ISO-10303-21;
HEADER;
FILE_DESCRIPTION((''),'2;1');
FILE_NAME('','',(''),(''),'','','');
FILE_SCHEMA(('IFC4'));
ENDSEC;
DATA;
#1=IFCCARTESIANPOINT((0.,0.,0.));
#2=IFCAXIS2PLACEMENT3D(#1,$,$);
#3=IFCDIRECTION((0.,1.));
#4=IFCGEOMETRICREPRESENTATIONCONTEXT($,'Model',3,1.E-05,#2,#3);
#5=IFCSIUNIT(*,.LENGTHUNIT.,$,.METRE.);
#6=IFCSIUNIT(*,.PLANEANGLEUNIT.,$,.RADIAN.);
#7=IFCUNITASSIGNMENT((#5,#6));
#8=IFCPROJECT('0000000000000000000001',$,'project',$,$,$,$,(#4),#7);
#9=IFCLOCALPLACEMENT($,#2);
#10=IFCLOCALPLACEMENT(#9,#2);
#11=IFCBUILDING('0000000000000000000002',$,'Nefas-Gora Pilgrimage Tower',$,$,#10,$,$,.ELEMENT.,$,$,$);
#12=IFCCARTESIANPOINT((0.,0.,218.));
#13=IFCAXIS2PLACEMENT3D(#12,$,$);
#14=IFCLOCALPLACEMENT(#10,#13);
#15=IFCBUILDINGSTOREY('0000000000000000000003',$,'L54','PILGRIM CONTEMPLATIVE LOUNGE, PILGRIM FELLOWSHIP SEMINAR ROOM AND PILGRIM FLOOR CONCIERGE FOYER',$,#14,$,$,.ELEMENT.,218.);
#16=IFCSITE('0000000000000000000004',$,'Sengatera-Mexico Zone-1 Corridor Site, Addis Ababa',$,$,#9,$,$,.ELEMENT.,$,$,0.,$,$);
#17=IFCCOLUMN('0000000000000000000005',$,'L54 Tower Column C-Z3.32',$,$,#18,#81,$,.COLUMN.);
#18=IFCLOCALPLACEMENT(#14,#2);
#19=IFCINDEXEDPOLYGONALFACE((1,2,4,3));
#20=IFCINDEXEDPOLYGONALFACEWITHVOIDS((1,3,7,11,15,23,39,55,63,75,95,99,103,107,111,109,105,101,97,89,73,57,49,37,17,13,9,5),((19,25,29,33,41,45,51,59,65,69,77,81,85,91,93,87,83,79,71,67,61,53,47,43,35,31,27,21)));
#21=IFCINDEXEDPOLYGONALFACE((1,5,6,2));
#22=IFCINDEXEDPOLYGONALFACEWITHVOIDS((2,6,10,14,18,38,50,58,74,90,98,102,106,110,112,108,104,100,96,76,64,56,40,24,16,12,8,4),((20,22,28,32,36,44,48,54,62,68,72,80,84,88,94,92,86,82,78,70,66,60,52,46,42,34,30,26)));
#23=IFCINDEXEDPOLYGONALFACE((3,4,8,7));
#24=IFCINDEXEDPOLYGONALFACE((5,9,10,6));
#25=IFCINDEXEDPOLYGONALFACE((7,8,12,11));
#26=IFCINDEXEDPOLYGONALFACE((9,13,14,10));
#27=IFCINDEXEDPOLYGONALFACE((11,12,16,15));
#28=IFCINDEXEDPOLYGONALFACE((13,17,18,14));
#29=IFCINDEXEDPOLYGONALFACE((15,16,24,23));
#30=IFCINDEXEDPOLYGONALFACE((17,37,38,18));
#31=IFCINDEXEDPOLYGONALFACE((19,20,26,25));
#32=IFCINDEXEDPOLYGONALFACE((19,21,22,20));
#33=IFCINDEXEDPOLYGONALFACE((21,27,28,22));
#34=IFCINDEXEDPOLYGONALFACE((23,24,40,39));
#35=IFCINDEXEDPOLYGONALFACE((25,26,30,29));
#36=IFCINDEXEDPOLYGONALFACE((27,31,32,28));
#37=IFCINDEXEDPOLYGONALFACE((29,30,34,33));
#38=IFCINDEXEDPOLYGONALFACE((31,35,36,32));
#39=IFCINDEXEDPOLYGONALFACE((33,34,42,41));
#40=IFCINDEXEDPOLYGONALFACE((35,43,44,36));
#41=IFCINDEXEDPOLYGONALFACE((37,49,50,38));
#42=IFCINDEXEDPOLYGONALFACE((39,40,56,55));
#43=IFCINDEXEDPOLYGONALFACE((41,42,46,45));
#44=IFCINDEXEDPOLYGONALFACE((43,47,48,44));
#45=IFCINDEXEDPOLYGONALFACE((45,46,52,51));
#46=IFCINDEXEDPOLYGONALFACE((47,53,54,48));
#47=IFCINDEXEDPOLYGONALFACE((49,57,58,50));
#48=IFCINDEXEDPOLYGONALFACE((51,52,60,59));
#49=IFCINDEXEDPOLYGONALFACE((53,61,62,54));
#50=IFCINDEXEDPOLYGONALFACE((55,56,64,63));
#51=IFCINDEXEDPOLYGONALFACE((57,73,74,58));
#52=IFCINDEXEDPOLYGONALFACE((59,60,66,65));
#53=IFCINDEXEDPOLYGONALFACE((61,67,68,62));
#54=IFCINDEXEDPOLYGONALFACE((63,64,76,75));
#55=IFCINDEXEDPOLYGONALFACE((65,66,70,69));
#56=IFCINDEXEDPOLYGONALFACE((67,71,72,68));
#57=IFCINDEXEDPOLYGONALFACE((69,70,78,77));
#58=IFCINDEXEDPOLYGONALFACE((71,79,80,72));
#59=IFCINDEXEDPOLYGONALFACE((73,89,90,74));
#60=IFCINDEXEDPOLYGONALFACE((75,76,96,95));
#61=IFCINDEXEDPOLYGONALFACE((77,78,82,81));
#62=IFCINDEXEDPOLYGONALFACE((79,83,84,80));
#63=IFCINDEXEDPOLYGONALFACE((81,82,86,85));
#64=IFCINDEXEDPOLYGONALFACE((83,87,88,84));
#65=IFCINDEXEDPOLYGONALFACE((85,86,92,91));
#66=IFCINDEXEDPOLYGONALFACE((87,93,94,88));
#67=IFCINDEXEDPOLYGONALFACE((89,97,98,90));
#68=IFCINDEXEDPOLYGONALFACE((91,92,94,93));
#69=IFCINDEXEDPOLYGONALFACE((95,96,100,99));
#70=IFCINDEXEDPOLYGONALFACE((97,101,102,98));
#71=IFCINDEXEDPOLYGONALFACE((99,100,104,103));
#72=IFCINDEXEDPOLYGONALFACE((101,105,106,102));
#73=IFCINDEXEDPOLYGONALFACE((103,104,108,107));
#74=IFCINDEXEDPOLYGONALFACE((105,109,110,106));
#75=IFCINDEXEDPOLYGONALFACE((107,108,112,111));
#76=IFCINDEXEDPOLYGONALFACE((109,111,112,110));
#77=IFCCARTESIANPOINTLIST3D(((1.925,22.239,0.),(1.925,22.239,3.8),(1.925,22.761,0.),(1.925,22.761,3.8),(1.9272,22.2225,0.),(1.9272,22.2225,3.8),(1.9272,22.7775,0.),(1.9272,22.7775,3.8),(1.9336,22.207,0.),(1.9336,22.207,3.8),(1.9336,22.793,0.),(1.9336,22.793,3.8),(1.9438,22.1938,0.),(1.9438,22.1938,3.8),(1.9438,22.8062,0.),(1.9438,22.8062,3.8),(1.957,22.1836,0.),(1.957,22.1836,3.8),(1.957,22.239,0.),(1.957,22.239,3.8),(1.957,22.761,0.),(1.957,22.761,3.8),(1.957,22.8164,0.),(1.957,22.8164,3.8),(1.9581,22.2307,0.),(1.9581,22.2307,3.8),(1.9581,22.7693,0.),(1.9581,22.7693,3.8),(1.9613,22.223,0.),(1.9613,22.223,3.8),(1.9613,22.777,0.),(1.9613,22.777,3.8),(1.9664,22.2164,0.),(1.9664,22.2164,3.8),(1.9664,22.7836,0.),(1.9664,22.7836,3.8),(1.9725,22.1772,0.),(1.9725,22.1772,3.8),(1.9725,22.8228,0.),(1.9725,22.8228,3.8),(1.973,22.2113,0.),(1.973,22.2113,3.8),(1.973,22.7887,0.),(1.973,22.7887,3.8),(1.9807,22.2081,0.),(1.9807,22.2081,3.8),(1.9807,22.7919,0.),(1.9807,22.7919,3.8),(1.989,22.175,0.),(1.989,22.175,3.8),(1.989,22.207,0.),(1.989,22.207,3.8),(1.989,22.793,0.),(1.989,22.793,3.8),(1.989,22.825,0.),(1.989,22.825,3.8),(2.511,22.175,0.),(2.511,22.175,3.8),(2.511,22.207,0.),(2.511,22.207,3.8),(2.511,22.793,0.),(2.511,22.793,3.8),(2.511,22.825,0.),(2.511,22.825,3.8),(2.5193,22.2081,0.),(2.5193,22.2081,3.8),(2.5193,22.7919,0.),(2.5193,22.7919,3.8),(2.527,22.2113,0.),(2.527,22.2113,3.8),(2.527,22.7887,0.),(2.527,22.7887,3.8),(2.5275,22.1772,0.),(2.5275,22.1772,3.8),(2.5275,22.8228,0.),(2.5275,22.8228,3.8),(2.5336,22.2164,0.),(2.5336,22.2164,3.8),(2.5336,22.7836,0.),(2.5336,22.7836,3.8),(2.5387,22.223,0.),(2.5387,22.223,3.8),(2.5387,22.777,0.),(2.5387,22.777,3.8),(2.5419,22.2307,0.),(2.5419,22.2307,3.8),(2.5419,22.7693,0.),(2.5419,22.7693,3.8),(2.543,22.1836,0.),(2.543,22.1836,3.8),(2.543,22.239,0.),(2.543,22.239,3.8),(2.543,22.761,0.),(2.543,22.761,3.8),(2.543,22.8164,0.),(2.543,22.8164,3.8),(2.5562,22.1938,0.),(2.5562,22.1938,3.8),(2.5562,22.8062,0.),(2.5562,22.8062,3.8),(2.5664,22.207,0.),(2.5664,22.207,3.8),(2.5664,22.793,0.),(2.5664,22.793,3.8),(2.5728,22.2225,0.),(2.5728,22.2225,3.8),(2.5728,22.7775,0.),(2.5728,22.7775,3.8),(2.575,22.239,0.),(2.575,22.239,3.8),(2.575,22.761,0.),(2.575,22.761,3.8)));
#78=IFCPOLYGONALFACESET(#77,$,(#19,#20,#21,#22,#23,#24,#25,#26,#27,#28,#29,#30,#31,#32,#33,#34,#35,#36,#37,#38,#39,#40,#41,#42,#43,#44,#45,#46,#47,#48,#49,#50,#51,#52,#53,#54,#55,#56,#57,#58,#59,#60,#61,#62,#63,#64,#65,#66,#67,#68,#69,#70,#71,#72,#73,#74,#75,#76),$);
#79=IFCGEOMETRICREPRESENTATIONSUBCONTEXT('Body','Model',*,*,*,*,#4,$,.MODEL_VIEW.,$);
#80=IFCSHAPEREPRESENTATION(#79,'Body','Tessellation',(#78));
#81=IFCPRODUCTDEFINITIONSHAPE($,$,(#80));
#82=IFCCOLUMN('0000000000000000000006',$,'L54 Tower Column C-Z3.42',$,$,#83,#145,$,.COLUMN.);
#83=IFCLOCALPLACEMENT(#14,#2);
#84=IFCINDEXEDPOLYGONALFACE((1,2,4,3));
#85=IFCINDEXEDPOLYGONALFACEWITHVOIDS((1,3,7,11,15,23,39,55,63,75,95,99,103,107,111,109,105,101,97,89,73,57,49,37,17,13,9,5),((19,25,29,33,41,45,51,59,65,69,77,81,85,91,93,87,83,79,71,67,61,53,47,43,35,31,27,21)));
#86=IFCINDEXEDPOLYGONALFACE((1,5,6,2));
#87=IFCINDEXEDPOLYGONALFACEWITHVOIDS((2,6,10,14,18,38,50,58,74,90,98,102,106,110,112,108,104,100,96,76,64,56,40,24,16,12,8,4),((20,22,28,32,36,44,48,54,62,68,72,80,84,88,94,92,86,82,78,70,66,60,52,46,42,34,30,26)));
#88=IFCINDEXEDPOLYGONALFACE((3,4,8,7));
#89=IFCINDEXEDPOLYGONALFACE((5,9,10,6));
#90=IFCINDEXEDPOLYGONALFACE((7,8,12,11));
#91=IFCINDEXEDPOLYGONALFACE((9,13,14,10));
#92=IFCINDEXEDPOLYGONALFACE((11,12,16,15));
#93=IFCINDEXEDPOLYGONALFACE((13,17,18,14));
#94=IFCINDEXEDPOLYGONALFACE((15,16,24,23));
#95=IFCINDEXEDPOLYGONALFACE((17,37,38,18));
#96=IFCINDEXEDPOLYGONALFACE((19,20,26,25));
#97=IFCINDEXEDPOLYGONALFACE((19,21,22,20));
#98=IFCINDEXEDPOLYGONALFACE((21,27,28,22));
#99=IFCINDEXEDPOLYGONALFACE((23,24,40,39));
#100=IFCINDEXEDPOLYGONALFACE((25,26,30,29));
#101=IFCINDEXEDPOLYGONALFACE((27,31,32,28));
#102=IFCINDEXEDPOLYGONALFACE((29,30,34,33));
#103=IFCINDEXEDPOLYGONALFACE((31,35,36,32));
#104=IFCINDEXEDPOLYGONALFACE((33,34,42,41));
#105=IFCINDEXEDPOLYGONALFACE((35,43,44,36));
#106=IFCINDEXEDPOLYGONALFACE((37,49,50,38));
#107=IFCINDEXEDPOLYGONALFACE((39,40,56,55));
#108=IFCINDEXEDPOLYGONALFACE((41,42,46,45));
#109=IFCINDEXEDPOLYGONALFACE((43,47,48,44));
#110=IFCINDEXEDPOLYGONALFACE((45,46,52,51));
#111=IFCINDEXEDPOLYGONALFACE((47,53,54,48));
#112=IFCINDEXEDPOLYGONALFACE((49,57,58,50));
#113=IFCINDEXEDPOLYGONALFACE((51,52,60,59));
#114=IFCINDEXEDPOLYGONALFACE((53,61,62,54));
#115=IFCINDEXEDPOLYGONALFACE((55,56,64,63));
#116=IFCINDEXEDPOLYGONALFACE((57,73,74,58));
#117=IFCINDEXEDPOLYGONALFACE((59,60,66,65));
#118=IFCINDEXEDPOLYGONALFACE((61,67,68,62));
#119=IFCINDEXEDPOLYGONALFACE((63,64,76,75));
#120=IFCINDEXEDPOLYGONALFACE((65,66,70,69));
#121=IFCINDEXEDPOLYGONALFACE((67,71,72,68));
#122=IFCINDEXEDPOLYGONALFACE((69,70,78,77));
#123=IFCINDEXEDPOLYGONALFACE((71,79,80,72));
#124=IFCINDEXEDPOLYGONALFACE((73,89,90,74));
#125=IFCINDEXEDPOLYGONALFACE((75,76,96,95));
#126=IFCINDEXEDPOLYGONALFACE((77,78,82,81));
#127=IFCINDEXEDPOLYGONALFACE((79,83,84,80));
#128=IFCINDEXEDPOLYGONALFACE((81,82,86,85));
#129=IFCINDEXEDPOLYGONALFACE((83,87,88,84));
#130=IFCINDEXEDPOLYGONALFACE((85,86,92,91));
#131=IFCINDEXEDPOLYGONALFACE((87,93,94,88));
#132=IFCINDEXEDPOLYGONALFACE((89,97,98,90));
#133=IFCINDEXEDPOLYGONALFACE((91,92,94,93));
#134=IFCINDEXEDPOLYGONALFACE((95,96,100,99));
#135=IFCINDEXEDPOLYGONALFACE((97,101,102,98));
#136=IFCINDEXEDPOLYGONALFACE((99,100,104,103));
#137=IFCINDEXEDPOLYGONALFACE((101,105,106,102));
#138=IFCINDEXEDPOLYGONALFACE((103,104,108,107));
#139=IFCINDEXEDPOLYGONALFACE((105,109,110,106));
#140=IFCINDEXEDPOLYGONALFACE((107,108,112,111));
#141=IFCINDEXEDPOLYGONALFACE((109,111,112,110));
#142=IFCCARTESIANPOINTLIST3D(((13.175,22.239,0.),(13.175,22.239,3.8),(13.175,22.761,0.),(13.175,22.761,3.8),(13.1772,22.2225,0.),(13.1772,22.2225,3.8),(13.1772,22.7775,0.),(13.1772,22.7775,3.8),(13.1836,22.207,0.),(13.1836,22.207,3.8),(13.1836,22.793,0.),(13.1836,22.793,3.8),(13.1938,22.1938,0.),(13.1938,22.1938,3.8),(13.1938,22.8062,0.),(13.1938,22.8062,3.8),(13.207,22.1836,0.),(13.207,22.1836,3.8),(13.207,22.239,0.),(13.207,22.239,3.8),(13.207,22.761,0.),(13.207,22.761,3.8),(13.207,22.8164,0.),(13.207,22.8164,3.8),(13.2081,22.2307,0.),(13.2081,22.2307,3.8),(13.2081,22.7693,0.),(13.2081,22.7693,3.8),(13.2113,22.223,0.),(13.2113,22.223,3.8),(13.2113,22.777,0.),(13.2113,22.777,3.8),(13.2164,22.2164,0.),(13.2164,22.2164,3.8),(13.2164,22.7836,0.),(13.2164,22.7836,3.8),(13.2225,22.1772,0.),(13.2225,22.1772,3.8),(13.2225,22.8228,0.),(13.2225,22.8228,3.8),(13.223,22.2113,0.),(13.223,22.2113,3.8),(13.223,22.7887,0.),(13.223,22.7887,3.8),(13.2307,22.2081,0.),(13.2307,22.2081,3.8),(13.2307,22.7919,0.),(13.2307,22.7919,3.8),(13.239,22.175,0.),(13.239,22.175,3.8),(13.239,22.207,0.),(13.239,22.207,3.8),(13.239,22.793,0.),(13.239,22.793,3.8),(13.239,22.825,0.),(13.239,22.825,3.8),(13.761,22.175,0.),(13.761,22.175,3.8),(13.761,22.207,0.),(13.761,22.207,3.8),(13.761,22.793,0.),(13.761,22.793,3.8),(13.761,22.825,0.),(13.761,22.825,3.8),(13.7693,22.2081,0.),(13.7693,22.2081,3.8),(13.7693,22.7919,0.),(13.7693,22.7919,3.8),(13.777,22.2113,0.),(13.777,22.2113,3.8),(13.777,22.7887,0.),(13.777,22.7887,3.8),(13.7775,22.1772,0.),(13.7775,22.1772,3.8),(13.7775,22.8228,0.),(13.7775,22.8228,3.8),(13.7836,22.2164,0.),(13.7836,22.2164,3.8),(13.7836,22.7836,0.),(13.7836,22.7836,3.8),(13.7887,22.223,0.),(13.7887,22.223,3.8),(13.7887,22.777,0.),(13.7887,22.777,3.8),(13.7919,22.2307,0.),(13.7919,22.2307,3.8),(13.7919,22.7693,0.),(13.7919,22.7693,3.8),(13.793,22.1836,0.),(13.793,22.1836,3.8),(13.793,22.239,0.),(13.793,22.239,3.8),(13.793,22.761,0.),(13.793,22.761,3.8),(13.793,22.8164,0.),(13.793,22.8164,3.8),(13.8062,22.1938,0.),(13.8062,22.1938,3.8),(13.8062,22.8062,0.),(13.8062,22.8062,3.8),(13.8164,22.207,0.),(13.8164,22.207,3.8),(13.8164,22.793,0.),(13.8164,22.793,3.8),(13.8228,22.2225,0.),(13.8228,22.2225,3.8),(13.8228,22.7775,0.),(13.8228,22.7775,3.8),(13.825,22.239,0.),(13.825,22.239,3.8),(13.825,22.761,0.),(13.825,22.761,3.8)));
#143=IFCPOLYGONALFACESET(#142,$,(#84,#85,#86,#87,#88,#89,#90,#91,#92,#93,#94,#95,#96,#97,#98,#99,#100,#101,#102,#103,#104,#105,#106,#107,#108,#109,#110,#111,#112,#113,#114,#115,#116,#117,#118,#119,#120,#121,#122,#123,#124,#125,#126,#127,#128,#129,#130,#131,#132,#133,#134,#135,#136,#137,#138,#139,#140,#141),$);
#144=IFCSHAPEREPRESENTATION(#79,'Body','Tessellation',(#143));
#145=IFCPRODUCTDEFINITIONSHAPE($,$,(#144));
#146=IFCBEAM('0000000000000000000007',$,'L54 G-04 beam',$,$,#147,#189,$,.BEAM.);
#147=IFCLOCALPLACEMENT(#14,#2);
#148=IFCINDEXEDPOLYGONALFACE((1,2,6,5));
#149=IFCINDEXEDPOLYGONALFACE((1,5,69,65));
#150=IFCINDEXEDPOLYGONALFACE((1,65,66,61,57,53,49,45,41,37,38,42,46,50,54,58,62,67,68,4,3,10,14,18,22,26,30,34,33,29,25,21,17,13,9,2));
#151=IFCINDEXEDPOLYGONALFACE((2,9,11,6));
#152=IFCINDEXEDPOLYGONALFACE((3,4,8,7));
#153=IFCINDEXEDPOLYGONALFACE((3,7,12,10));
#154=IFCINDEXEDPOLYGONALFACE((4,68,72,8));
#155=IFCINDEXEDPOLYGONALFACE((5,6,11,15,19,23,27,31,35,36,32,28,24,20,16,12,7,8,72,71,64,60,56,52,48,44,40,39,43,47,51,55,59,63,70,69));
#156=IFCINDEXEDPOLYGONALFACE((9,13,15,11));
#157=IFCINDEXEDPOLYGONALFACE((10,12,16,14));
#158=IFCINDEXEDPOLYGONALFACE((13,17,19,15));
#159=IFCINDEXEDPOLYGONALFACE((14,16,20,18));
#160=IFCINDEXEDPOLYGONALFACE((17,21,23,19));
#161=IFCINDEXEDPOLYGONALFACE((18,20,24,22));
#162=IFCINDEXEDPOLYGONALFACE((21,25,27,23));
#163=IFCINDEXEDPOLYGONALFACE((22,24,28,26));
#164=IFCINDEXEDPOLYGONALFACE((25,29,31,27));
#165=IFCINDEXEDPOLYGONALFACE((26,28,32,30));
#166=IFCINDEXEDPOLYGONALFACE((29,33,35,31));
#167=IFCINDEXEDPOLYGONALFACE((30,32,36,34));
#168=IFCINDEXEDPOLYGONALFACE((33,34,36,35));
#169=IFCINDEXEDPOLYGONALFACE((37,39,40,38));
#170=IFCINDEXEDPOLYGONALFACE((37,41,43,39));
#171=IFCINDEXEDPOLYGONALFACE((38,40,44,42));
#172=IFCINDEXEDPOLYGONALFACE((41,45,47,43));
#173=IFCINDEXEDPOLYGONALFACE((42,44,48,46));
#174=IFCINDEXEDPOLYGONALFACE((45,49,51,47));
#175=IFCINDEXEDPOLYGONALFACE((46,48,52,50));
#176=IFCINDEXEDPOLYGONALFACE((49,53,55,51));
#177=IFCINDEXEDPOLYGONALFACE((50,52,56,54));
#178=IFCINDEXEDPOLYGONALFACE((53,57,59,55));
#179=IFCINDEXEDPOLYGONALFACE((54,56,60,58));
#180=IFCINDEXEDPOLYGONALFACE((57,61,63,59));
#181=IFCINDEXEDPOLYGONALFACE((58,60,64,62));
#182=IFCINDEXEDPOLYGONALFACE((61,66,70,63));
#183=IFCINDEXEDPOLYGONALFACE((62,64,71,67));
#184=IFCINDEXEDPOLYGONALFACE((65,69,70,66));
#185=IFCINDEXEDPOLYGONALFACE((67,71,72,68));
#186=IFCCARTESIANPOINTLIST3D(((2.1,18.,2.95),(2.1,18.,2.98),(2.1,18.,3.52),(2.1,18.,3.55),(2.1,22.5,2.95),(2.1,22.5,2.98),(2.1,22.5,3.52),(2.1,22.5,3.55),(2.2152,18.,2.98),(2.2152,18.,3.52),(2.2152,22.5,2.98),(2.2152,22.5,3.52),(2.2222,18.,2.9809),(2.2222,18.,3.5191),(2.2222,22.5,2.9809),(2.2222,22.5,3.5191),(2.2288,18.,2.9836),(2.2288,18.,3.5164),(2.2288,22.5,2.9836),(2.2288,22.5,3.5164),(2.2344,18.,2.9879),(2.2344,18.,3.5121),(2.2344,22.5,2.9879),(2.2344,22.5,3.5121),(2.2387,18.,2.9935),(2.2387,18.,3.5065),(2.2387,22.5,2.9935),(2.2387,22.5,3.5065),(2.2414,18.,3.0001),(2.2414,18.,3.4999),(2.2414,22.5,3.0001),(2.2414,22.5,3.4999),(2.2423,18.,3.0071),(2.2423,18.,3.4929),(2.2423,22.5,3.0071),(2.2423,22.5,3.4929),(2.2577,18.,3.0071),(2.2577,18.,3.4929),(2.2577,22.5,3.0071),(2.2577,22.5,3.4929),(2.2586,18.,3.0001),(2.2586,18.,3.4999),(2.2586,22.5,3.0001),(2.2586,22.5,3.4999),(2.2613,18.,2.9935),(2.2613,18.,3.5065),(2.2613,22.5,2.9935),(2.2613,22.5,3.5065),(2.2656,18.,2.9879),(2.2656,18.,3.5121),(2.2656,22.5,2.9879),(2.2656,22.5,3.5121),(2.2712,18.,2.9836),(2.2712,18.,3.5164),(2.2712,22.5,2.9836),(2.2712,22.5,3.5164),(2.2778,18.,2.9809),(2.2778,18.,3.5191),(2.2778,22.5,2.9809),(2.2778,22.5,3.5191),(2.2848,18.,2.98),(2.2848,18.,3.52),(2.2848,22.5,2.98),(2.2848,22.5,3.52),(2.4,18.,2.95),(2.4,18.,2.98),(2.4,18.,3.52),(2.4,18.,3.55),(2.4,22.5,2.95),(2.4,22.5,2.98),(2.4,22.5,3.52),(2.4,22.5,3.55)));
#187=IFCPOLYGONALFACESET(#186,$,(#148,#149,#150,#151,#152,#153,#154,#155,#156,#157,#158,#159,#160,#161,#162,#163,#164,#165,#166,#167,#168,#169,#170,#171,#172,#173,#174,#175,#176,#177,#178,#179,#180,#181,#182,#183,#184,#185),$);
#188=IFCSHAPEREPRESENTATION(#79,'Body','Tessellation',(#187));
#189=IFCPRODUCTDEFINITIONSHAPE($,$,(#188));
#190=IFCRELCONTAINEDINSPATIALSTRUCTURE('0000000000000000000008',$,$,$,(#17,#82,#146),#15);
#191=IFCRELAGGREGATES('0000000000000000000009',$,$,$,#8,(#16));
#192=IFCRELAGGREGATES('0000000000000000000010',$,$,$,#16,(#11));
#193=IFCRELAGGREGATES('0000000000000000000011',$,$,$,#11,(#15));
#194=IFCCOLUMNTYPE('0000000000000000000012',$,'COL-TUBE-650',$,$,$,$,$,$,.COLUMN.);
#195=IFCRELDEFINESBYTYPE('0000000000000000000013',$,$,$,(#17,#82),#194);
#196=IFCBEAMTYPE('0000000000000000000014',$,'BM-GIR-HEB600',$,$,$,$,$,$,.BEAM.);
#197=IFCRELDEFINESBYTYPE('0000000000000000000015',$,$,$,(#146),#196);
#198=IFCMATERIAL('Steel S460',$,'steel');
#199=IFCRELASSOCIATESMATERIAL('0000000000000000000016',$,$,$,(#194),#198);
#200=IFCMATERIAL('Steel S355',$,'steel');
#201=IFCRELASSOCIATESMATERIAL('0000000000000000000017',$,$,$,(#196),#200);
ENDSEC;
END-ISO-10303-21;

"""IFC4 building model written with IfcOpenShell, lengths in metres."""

from ifc_helpers import new_model, si_unit, direction, frame, origin, origin_2d, place, context, subcontext, project, spatial, hollow_rectangle, i_section, extrude, source, transform, mapped, material, material_profile, profile_set, type_object, element, save


model = new_model("IFC4")

# Units and contexts
model_context = context("Model", 3, precision=1e-05, world=origin(), true_north=direction((0.0, 1.0)))
body_context = subcontext(model_context, "Body", "Model", "MODEL_VIEW")
ifc_project = project(units=[si_unit("LENGTHUNIT", "METRE"), si_unit("PLANEANGLEUNIT", "RADIAN")], contexts=[model_context])

# Site, building, storey
site_placement = place(None, origin())
site = spatial("IfcSite", under=ifc_project, at=site_placement, Name="Sengatera-Mexico Zone-1 Corridor Site, Addis Ababa", CompositionType="ELEMENT", RefElevation=0.0)
building_placement = place(site_placement, origin())
building = spatial("IfcBuilding", under=site, at=building_placement, Name="Nefas-Gora Pilgrimage Tower", CompositionType="ELEMENT")
storey_placement = place(building_placement, frame((0.0, 0.0, 218.0)))
storey = spatial("IfcBuildingStorey", under=building, at=storey_placement, Name="L54", Description="PILGRIM CONTEMPLATIVE LOUNGE, PILGRIM FELLOWSHIP SEMINAR ROOM AND PILGRIM FLOOR CONCIERGE FOYER", CompositionType="ELEMENT", Elevation=218.0)

# Columns
ifc_material_1 = material(Name="Steel S460", Category="steel")
ifc_material_profile_1 = material_profile(ifc_material_1, hollow_rectangle(XDim=0.6499, YDim=0.6499, WallThickness=0.032, InnerFilletRadius=0.032, OuterFilletRadius=0.064, at=origin_2d()), Name="BOX 650x650x32")
ifc_profile_set_1 = profile_set([ifc_material_profile_1], Name="Steel S460")
column_type_1 = type_object("IfcColumnType", Name="COL-TUBE-650", PredefinedType="COLUMN", material=ifc_profile_set_1)
shared_shape_1 = source(origin(), body_context, "Body", "SweptSolid", [
    extrude(hollow_rectangle(XDim=0.6499, YDim=0.6499, WallThickness=0.032, InnerFilletRadius=0.032, OuterFilletRadius=0.064, at=origin_2d()), origin(), (0.0, 0.0, 1.0), 3.8),
])
for number, where, z_axis, x_axis, name in (
    (1, (2.25, 22.5, 0.0), (0.0, 0.0, 1.0), (1.0, 0.0, 0.0), "L54 Tower Column C-Z3.32"),
    (2, (13.5, 22.5, 0.0), (0.0, 0.0, 1.0), (1.0, 0.0, 0.0), "L54 Tower Column C-Z3.42"),
):
    element("IfcColumn", number, at=place(storey_placement, frame(where, z_axis=z_axis, x_axis=x_axis)), inside=storey, type_object=column_type_1, Name=name, PredefinedType="COLUMN", context=body_context, shape_type="MappedRepresentation", body=[
        mapped(shared_shape_1, transform((0.0, 0.0, 0.0), x_axis=(1.0, 0.0, 0.0), y_axis=(0.0, 1.0, 0.0), z_axis=(0.0, 0.0, 1.0), scale=1.0)),
    ])

# Beam
ifc_material_2 = material(Name="Steel S355", Category="steel")
ifc_material_profile_2 = material_profile(ifc_material_2, i_section(OverallWidth=0.3, OverallDepth=0.6001, WebThickness=0.0154, FlangeThickness=0.03, FilletRadius=0.0271, at=origin_2d()), Name="HEB 600")
ifc_profile_set_2 = profile_set([ifc_material_profile_2], Name="Steel S355")
beam_type_1 = type_object("IfcBeamType", Name="BM-GIR-HEB600", PredefinedType="BEAM", material=ifc_profile_set_2)
shared_shape_2 = source(origin(), body_context, "Body", "SweptSolid", [
    extrude(i_section(OverallWidth=0.3, OverallDepth=0.6001, WebThickness=0.0154, FlangeThickness=0.03, FilletRadius=0.0271, at=origin_2d()), origin(), (0.0, 0.0, 1.0), 4.5),
])
for number, where, z_axis, x_axis, name in (
    (3, (2.25, 18.0, 3.25), (0.0, 1.0, 0.0), (-1.0, 0.0, 0.0), "L54 G-04 beam"),
):
    element("IfcBeam", number, at=place(storey_placement, frame(where, z_axis=z_axis, x_axis=x_axis)), inside=storey, type_object=beam_type_1, Name=name, PredefinedType="BEAM", context=body_context, shape_type="MappedRepresentation", body=[
        mapped(shared_shape_2, transform((0.0, 0.0, 0.0), x_axis=(1.0, 0.0, 0.0), y_axis=(0.0, 1.0, 0.0), z_axis=(0.0, 0.0, 1.0), scale=1.0)),
    ])

save(model, "model.ifc")
